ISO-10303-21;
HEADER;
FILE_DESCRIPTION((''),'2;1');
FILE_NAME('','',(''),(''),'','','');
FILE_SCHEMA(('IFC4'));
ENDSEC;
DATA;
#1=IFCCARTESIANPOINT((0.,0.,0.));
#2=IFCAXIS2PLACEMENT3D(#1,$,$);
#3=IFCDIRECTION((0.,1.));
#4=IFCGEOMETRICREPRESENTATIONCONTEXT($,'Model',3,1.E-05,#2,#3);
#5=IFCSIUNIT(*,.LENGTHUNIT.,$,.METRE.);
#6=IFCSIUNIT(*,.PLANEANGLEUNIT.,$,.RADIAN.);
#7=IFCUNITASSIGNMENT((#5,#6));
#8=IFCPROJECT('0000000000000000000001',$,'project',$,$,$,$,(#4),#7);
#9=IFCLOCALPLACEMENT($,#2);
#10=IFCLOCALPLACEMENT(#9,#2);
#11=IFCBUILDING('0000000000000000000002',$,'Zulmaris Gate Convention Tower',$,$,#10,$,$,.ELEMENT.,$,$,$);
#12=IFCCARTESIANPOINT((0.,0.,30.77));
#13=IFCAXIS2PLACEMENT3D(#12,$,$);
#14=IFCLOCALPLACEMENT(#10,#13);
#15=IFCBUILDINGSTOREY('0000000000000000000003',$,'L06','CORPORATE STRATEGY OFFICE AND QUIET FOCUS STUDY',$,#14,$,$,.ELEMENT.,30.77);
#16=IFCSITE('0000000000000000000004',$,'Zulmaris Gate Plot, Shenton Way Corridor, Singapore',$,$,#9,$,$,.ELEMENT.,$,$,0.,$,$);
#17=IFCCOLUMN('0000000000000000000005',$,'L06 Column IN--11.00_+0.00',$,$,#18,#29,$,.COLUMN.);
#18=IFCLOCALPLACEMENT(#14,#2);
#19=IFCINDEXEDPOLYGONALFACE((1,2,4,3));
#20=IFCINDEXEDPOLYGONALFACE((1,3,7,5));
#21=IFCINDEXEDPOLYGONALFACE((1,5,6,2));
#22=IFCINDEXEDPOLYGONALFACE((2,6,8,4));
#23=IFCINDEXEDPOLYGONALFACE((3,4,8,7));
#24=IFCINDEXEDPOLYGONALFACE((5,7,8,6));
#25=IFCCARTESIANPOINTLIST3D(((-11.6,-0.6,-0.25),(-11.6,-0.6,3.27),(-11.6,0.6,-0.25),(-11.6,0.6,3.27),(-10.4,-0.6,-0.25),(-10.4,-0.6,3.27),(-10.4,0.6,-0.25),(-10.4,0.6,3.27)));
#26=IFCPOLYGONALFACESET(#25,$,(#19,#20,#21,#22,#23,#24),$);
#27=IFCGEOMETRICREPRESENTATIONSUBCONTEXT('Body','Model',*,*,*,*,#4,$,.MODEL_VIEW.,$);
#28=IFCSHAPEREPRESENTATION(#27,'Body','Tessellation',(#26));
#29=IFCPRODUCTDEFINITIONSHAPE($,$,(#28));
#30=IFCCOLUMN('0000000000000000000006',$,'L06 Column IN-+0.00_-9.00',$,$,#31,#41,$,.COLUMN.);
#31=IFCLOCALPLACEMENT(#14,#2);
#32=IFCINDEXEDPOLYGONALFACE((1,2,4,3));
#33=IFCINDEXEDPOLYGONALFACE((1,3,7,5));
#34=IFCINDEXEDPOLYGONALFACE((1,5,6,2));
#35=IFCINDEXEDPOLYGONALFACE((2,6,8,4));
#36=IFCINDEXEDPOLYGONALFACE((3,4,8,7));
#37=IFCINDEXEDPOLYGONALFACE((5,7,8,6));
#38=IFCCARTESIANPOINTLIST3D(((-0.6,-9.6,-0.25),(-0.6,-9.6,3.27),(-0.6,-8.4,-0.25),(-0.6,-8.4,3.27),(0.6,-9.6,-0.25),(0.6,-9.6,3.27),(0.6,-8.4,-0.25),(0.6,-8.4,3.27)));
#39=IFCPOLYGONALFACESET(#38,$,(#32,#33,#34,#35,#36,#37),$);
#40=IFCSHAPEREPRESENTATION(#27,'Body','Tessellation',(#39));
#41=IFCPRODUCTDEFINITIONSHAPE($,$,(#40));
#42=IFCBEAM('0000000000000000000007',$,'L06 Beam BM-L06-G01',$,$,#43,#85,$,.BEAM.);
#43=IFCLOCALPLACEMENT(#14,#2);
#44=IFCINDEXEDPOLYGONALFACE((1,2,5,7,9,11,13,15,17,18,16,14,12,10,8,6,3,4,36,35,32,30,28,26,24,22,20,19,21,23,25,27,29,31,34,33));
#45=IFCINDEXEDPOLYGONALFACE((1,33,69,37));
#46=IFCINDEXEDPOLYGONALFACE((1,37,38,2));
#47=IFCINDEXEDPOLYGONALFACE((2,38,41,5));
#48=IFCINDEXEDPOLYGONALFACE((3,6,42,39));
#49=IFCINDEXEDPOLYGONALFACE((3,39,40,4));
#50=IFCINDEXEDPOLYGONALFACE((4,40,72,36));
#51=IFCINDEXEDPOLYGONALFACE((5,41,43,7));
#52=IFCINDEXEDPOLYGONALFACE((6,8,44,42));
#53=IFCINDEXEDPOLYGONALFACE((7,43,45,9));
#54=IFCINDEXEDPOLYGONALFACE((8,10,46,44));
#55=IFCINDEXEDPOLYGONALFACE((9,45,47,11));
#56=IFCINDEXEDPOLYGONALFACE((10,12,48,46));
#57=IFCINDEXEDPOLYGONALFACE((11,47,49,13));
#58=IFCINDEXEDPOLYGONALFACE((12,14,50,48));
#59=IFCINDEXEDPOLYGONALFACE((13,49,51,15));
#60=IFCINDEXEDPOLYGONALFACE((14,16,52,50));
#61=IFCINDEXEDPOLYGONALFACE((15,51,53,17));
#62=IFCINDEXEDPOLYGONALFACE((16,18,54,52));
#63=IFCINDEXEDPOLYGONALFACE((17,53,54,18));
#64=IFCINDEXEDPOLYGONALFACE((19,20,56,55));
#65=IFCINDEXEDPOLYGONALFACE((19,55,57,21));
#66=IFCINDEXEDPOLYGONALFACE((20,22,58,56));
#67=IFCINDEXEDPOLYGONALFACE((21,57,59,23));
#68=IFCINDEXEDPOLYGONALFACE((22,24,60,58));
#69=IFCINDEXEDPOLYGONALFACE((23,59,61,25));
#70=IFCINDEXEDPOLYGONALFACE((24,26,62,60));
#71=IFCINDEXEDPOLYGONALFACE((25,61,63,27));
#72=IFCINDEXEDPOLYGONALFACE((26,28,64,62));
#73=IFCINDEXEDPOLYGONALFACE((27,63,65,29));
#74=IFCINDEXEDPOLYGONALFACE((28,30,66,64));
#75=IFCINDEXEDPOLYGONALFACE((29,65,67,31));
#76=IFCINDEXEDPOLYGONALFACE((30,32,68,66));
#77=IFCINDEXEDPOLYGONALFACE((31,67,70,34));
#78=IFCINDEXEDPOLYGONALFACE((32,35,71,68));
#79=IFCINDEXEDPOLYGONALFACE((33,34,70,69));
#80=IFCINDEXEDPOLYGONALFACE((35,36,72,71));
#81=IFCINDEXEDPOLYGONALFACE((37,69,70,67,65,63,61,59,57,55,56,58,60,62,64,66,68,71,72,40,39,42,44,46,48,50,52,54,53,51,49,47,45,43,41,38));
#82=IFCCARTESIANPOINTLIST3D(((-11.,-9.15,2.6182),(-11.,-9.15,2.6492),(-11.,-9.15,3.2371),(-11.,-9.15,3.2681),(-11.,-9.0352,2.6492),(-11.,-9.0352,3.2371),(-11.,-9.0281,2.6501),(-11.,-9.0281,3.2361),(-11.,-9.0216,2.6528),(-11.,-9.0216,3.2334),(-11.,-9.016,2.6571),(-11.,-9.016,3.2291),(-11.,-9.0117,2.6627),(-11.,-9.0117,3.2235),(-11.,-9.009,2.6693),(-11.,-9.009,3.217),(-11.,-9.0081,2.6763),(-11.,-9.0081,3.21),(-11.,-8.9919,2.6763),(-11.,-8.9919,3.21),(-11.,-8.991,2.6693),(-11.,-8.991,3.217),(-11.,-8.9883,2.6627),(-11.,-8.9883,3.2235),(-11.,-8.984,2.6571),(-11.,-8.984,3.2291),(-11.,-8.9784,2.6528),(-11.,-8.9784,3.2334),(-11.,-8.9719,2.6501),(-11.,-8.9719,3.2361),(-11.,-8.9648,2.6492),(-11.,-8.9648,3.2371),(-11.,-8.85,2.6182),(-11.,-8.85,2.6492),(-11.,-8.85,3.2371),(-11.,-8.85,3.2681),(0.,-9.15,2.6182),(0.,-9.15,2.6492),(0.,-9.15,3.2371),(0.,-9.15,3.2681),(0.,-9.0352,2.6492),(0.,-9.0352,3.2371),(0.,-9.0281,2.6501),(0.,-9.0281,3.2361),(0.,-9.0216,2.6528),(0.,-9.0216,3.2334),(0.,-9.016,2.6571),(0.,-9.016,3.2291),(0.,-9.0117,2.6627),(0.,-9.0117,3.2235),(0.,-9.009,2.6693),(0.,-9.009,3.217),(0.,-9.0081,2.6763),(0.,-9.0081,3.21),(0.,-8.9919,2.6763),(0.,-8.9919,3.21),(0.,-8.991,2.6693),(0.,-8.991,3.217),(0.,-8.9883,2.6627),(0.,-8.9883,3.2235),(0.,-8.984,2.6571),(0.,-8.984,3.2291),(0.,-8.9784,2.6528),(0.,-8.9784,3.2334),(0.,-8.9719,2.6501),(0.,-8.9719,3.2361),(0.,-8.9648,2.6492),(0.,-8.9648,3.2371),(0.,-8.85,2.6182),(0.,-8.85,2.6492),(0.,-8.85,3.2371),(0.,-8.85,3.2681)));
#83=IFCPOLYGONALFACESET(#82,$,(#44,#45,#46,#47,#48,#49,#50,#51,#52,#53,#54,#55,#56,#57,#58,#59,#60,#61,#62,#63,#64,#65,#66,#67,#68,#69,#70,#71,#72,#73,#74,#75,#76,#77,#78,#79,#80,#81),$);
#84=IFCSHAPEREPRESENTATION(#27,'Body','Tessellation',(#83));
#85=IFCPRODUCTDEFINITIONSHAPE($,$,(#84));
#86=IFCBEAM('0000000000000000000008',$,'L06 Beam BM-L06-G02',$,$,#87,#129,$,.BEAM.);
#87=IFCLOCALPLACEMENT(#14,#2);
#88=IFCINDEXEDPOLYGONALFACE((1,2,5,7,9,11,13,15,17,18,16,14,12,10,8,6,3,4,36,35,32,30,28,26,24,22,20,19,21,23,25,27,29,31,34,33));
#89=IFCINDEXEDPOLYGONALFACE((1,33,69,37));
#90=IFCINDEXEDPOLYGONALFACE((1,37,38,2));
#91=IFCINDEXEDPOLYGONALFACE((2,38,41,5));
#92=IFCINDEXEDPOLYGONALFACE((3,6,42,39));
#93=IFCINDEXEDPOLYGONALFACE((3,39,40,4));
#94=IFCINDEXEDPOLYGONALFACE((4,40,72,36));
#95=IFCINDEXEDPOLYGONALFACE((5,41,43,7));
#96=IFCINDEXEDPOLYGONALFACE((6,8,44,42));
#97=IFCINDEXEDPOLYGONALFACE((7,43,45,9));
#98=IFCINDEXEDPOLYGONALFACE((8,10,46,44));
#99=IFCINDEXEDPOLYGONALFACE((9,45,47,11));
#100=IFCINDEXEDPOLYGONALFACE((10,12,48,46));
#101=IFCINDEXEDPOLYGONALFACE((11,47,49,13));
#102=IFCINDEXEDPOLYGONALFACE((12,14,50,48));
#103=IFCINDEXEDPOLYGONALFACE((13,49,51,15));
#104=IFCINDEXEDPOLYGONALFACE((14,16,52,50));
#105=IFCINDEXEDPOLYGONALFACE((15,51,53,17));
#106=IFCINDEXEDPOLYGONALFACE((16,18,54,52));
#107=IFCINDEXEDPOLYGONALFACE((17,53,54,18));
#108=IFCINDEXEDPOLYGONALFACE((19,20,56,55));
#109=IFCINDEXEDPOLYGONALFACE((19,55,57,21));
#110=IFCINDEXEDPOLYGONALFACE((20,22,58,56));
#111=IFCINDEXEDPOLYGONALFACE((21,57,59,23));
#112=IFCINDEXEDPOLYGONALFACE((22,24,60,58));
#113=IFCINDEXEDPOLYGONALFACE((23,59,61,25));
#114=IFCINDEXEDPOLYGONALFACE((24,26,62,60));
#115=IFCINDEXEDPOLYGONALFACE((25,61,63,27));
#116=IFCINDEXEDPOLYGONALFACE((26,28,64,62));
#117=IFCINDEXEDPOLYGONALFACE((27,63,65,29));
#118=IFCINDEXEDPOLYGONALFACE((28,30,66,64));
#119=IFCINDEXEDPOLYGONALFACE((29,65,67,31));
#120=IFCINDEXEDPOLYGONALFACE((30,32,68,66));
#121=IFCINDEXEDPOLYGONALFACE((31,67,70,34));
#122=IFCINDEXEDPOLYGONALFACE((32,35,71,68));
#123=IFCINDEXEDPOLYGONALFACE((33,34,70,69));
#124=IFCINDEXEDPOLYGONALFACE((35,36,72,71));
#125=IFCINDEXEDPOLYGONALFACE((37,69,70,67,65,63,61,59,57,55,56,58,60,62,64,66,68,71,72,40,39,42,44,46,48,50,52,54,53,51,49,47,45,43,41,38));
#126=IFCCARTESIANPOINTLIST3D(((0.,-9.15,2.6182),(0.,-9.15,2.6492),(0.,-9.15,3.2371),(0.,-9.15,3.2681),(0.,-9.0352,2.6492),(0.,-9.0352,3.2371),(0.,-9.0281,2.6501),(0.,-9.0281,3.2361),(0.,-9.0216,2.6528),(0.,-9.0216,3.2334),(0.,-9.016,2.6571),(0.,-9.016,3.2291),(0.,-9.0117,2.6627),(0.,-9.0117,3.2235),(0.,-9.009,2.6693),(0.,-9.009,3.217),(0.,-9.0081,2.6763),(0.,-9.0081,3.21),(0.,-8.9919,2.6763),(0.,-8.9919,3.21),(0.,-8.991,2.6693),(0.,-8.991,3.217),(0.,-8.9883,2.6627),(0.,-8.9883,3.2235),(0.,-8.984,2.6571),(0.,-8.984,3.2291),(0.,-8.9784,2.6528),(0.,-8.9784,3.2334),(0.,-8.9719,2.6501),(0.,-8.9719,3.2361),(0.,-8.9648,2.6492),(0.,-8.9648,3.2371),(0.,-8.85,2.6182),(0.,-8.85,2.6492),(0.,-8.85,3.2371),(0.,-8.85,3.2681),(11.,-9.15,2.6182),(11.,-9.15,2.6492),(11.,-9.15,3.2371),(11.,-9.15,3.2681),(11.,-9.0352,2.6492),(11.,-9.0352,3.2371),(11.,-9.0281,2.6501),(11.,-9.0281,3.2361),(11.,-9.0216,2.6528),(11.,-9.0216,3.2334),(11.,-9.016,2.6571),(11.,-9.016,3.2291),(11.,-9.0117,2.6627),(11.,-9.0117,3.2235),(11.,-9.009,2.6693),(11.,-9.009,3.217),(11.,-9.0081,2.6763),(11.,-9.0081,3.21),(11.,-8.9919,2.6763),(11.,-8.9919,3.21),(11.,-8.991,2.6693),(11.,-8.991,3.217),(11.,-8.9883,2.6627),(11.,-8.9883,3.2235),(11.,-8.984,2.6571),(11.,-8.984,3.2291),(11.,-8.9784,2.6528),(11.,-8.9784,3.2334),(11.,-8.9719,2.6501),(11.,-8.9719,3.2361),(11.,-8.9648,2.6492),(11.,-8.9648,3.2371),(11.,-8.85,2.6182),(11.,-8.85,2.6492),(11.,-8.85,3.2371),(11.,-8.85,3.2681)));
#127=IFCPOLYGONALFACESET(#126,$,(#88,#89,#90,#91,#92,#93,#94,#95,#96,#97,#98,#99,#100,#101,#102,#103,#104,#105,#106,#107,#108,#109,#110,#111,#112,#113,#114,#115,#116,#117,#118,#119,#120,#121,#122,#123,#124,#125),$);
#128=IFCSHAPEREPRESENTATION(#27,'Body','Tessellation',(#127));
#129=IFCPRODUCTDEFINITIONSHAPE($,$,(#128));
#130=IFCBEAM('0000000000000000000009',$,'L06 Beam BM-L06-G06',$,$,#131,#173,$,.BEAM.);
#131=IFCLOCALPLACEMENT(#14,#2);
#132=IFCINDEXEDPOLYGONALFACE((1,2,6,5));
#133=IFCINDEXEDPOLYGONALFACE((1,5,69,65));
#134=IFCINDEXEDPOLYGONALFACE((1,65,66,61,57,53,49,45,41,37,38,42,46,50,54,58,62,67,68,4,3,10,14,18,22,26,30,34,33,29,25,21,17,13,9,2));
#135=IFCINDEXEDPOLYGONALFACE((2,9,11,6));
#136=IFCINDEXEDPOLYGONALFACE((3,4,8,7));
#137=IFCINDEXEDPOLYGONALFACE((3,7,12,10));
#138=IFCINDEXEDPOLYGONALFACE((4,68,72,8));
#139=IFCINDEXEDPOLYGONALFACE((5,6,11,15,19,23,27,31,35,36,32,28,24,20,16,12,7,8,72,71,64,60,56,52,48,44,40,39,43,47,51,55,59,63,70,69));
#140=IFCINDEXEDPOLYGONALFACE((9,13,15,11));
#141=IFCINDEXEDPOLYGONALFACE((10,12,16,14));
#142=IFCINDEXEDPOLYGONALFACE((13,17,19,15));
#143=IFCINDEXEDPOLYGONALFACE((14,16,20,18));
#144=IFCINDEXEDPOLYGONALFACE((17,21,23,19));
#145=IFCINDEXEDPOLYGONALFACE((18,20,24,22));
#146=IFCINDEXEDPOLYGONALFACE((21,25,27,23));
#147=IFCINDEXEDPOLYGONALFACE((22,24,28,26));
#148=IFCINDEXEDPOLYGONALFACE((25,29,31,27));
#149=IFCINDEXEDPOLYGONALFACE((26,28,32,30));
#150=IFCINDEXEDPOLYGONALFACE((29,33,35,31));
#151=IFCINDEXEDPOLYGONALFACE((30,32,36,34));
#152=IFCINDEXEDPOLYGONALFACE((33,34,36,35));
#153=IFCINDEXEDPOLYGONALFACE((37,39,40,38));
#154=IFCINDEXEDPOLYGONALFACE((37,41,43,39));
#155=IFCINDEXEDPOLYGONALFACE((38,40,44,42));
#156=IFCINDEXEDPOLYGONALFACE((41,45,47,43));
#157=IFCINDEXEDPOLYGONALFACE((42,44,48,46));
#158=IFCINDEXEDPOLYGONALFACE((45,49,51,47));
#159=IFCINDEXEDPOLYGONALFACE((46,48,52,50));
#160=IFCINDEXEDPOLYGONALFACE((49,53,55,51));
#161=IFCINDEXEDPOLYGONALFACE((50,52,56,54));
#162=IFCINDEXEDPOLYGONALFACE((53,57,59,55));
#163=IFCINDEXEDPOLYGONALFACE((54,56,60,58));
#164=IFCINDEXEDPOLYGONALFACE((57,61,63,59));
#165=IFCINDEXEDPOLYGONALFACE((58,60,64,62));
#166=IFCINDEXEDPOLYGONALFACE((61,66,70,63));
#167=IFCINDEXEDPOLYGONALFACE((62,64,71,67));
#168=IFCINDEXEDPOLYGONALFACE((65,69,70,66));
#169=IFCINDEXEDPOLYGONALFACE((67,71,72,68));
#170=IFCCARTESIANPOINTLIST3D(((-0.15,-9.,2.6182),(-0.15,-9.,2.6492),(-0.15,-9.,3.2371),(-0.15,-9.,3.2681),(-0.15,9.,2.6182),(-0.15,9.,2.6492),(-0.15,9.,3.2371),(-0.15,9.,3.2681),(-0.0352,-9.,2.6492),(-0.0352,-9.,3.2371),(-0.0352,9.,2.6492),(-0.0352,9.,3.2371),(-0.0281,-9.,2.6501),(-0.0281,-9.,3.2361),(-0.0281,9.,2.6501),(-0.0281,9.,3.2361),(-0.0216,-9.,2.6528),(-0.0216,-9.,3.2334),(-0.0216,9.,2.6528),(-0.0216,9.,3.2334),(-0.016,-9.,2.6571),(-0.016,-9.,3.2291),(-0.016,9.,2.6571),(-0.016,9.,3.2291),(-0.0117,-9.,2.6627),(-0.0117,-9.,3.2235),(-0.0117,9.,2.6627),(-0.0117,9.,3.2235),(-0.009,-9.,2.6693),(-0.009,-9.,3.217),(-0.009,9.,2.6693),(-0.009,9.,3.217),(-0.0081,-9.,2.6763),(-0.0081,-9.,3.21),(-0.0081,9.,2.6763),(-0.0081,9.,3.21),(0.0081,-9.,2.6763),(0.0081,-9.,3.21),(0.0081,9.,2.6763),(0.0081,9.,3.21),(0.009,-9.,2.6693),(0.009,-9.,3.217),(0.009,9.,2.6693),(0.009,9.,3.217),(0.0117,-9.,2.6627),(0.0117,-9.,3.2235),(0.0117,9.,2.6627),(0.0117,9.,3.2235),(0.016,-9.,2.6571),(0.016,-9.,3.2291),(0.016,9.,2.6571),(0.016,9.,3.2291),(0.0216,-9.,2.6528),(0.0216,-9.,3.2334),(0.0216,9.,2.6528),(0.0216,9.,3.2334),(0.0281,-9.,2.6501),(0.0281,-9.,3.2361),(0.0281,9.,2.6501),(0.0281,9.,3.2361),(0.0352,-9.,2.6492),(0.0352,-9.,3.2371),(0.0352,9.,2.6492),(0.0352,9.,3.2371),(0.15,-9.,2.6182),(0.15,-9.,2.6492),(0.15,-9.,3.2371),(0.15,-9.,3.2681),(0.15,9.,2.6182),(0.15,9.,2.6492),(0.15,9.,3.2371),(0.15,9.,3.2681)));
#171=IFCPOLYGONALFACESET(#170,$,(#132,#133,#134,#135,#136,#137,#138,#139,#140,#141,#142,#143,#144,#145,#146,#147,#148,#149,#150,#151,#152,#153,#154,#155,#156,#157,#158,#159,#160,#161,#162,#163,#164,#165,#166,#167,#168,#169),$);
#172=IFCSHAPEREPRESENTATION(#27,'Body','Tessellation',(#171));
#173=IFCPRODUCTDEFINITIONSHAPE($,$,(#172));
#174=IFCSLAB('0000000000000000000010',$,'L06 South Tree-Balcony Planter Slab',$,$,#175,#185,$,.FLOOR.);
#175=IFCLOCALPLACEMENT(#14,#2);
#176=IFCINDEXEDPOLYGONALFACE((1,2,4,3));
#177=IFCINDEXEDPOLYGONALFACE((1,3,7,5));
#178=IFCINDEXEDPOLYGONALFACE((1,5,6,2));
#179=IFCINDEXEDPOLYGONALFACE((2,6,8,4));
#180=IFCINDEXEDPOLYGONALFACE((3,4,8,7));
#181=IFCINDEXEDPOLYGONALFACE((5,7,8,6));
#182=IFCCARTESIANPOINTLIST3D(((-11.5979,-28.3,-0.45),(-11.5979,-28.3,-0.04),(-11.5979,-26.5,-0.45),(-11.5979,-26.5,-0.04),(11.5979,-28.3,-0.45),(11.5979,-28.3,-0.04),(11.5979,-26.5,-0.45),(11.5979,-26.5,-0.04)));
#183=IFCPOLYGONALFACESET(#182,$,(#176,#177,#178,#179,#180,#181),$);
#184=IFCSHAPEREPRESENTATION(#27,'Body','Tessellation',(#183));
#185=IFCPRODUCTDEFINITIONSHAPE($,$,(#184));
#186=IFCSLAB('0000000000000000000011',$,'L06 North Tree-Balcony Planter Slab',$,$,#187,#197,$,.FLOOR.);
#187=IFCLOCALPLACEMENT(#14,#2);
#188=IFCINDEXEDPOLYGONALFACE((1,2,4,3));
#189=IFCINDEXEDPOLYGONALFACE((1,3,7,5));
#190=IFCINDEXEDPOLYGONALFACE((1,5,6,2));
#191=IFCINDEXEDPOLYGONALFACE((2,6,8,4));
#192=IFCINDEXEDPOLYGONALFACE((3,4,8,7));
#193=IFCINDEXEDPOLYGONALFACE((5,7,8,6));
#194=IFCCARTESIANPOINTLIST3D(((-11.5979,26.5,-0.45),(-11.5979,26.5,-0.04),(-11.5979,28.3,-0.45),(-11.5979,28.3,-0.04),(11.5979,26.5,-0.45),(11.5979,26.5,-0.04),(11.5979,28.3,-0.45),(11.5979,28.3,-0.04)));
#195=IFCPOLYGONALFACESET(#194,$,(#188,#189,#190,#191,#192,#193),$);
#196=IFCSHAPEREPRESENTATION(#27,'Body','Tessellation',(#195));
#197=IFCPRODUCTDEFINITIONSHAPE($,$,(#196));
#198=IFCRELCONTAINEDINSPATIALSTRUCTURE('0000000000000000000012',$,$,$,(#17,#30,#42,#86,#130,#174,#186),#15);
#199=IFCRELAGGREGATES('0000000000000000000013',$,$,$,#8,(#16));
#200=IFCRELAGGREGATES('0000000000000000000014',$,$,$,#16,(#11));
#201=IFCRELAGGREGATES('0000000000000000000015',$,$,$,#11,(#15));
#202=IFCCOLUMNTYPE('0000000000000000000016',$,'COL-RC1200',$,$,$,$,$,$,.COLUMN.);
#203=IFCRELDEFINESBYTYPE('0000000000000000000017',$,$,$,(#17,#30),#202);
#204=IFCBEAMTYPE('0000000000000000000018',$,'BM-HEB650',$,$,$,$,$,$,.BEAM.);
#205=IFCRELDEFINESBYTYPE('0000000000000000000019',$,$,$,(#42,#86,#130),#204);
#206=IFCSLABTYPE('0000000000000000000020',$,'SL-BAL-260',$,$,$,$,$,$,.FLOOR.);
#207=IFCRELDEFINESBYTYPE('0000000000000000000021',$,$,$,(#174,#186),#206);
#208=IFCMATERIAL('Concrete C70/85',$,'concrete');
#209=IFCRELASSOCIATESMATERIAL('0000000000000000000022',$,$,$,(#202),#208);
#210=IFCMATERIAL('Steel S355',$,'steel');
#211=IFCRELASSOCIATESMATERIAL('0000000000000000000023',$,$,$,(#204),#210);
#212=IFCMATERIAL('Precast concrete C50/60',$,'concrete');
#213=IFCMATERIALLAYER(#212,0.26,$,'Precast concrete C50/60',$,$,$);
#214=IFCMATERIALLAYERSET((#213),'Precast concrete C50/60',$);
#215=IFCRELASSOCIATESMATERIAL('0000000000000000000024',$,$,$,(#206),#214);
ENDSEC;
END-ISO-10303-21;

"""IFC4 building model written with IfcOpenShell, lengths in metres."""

from ifc_helpers import new_model, si_unit, direction, frame, origin, origin_2d, place, context, subcontext, project, spatial, polyline, rectangle, i_section, outline, extrude, material, layer, layer_set, material_profile, profile_set, type_object, element, save


model = new_model("IFC4")

# Units and contexts
model_context = context("Model", 3, precision=1e-05, world=origin(), true_north=direction((0.0, 1.0)))
body_context = subcontext(model_context, "Body", "Model", "MODEL_VIEW")
ifc_project = project(units=[si_unit("LENGTHUNIT", "METRE"), si_unit("PLANEANGLEUNIT", "RADIAN")], contexts=[model_context])

# Site, building, storey
site_placement = place(None, origin())
site = spatial("IfcSite", under=ifc_project, at=site_placement, Name="Zulmaris Gate Plot, Shenton Way Corridor, Singapore", CompositionType="ELEMENT", RefElevation=0.0)
building_placement = place(site_placement, origin())
building = spatial("IfcBuilding", under=site, at=building_placement, Name="Zulmaris Gate Convention Tower", CompositionType="ELEMENT")
storey_placement = place(building_placement, frame((0.0, 0.0, 30.77)))
storey = spatial("IfcBuildingStorey", under=building, at=storey_placement, Name="L06", Description="CORPORATE STRATEGY OFFICE AND QUIET FOCUS STUDY", CompositionType="ELEMENT", Elevation=30.77)

# Columns
ifc_material_1 = material(Name="Concrete C70/85", Category="concrete")
ifc_material_profile_1 = material_profile(ifc_material_1, rectangle(XDim=1.2, YDim=1.2, at=origin_2d()), Name="RC COL 1200x1200")
ifc_profile_set_1 = profile_set([ifc_material_profile_1], Name="Concrete C70/85")
column_type = type_object("IfcColumnType", Name="COL-RC1200", PredefinedType="COLUMN", material=ifc_profile_set_1)
for number, where, z_axis, x_axis, name in (
    (1, (-11.0, 0.0, -0.25), (0.0, 0.0, 1.0), (1.0, 0.0, 0.0), "L06 Column IN--11.00_+0.00"),
    (2, (0.0, -9.0, -0.25), (0.0, 0.0, 1.0), (1.0, 0.0, 0.0), "L06 Column IN-+0.00_-9.00"),
):
    element("IfcColumn", number, at=place(storey_placement, frame(where, z_axis=z_axis, x_axis=x_axis)), inside=storey, type_object=column_type, Name=name, PredefinedType="COLUMN", context=body_context, shape_type="SweptSolid", body=[
        extrude(rectangle(XDim=1.2, YDim=1.2, at=origin_2d()), origin(), (0.0, 0.0, 1.0), 3.52),
    ])

# Beams
ifc_material_2 = material(Name="Steel S355", Category="steel")
ifc_material_profile_2 = material_profile(ifc_material_2, i_section(OverallWidth=0.3, OverallDepth=0.6499, WebThickness=0.0161, FlangeThickness=0.031, FilletRadius=0.0271, at=origin_2d()), Name="HEB 650")
ifc_profile_set_2 = profile_set([ifc_material_profile_2], Name="Steel S355")
beam_type = type_object("IfcBeamType", Name="BM-HEB650", PredefinedType="BEAM", material=ifc_profile_set_2)
for number, where, z_axis, x_axis, name in (
    (3, (-11.0, -9.0, 2.9431), (1.0, 0.0, 0.0), (0.0, 1.0, 0.0), "L06 Beam BM-L06-G01"),
    (4, (0.0, -9.0, 2.9431), (1.0, 0.0, 0.0), (0.0, 1.0, 0.0), "L06 Beam BM-L06-G02"),
):
    element("IfcBeam", number, at=place(storey_placement, frame(where, z_axis=z_axis, x_axis=x_axis)), inside=storey, type_object=beam_type, Name=name, PredefinedType="BEAM", context=body_context, shape_type="SweptSolid", body=[
        extrude(i_section(OverallWidth=0.3, OverallDepth=0.6499, WebThickness=0.0161, FlangeThickness=0.031, FilletRadius=0.0271, at=origin_2d()), origin(), (0.0, 0.0, 1.0), 11.0),
    ])
beam_placement = place(storey_placement, frame((0.0, -9.0, 2.9431), z_axis=(0.0, 1.0, 0.0), x_axis=(-1.0, 0.0, 0.0)))
element("IfcBeam", 5, at=beam_placement, inside=storey, type_object=beam_type, Name="L06 Beam BM-L06-G06", PredefinedType="BEAM", context=body_context, shape_type="SweptSolid", body=[
    extrude(i_section(OverallWidth=0.3, OverallDepth=0.6499, WebThickness=0.0161, FlangeThickness=0.031, FilletRadius=0.0271, at=origin_2d()), origin(), (0.0, 0.0, 1.0), 18.0),
])

# Slabs
ifc_material_3 = material(Name="Precast concrete C50/60", Category="concrete")
ifc_layer_1 = layer(ifc_material_3, 0.26, Name="Precast concrete C50/60")
ifc_layer_set_1 = layer_set([ifc_layer_1], Name="Precast concrete C50/60")
slab_type_1 = type_object("IfcSlabType", Name="SL-BAL-260", PredefinedType="FLOOR", material=ifc_layer_set_1)
slab_1_placement = place(storey_placement, frame((0.0, 0.0, -0.45)))
element("IfcSlab", 6, at=slab_1_placement, inside=storey, type_object=slab_type_1, Name="L06 South Tree-Balcony Planter Slab", PredefinedType="FLOOR", context=body_context, shape_type="SweptSolid", body=[
    extrude(outline(polyline([(-11.5979, -28.3), (-11.5979, -26.5), (11.5979, -26.5), (11.5979, -28.3), (-11.5979, -28.3)])), origin(), (0.0, 0.0, 1.0), 0.4099),
])
slab_2_placement = place(storey_placement, frame((0.0, 0.0, -0.45)))
element("IfcSlab", 7, at=slab_2_placement, inside=storey, type_object=slab_type_1, Name="L06 North Tree-Balcony Planter Slab", PredefinedType="FLOOR", context=body_context, shape_type="SweptSolid", body=[
    extrude(outline(polyline([(11.5979, 28.3), (11.5979, 26.5), (-11.5979, 26.5), (-11.5979, 28.3), (11.5979, 28.3)])), origin(), (0.0, 0.0, 1.0), 0.4099),
])

save(model, "model.ifc")
